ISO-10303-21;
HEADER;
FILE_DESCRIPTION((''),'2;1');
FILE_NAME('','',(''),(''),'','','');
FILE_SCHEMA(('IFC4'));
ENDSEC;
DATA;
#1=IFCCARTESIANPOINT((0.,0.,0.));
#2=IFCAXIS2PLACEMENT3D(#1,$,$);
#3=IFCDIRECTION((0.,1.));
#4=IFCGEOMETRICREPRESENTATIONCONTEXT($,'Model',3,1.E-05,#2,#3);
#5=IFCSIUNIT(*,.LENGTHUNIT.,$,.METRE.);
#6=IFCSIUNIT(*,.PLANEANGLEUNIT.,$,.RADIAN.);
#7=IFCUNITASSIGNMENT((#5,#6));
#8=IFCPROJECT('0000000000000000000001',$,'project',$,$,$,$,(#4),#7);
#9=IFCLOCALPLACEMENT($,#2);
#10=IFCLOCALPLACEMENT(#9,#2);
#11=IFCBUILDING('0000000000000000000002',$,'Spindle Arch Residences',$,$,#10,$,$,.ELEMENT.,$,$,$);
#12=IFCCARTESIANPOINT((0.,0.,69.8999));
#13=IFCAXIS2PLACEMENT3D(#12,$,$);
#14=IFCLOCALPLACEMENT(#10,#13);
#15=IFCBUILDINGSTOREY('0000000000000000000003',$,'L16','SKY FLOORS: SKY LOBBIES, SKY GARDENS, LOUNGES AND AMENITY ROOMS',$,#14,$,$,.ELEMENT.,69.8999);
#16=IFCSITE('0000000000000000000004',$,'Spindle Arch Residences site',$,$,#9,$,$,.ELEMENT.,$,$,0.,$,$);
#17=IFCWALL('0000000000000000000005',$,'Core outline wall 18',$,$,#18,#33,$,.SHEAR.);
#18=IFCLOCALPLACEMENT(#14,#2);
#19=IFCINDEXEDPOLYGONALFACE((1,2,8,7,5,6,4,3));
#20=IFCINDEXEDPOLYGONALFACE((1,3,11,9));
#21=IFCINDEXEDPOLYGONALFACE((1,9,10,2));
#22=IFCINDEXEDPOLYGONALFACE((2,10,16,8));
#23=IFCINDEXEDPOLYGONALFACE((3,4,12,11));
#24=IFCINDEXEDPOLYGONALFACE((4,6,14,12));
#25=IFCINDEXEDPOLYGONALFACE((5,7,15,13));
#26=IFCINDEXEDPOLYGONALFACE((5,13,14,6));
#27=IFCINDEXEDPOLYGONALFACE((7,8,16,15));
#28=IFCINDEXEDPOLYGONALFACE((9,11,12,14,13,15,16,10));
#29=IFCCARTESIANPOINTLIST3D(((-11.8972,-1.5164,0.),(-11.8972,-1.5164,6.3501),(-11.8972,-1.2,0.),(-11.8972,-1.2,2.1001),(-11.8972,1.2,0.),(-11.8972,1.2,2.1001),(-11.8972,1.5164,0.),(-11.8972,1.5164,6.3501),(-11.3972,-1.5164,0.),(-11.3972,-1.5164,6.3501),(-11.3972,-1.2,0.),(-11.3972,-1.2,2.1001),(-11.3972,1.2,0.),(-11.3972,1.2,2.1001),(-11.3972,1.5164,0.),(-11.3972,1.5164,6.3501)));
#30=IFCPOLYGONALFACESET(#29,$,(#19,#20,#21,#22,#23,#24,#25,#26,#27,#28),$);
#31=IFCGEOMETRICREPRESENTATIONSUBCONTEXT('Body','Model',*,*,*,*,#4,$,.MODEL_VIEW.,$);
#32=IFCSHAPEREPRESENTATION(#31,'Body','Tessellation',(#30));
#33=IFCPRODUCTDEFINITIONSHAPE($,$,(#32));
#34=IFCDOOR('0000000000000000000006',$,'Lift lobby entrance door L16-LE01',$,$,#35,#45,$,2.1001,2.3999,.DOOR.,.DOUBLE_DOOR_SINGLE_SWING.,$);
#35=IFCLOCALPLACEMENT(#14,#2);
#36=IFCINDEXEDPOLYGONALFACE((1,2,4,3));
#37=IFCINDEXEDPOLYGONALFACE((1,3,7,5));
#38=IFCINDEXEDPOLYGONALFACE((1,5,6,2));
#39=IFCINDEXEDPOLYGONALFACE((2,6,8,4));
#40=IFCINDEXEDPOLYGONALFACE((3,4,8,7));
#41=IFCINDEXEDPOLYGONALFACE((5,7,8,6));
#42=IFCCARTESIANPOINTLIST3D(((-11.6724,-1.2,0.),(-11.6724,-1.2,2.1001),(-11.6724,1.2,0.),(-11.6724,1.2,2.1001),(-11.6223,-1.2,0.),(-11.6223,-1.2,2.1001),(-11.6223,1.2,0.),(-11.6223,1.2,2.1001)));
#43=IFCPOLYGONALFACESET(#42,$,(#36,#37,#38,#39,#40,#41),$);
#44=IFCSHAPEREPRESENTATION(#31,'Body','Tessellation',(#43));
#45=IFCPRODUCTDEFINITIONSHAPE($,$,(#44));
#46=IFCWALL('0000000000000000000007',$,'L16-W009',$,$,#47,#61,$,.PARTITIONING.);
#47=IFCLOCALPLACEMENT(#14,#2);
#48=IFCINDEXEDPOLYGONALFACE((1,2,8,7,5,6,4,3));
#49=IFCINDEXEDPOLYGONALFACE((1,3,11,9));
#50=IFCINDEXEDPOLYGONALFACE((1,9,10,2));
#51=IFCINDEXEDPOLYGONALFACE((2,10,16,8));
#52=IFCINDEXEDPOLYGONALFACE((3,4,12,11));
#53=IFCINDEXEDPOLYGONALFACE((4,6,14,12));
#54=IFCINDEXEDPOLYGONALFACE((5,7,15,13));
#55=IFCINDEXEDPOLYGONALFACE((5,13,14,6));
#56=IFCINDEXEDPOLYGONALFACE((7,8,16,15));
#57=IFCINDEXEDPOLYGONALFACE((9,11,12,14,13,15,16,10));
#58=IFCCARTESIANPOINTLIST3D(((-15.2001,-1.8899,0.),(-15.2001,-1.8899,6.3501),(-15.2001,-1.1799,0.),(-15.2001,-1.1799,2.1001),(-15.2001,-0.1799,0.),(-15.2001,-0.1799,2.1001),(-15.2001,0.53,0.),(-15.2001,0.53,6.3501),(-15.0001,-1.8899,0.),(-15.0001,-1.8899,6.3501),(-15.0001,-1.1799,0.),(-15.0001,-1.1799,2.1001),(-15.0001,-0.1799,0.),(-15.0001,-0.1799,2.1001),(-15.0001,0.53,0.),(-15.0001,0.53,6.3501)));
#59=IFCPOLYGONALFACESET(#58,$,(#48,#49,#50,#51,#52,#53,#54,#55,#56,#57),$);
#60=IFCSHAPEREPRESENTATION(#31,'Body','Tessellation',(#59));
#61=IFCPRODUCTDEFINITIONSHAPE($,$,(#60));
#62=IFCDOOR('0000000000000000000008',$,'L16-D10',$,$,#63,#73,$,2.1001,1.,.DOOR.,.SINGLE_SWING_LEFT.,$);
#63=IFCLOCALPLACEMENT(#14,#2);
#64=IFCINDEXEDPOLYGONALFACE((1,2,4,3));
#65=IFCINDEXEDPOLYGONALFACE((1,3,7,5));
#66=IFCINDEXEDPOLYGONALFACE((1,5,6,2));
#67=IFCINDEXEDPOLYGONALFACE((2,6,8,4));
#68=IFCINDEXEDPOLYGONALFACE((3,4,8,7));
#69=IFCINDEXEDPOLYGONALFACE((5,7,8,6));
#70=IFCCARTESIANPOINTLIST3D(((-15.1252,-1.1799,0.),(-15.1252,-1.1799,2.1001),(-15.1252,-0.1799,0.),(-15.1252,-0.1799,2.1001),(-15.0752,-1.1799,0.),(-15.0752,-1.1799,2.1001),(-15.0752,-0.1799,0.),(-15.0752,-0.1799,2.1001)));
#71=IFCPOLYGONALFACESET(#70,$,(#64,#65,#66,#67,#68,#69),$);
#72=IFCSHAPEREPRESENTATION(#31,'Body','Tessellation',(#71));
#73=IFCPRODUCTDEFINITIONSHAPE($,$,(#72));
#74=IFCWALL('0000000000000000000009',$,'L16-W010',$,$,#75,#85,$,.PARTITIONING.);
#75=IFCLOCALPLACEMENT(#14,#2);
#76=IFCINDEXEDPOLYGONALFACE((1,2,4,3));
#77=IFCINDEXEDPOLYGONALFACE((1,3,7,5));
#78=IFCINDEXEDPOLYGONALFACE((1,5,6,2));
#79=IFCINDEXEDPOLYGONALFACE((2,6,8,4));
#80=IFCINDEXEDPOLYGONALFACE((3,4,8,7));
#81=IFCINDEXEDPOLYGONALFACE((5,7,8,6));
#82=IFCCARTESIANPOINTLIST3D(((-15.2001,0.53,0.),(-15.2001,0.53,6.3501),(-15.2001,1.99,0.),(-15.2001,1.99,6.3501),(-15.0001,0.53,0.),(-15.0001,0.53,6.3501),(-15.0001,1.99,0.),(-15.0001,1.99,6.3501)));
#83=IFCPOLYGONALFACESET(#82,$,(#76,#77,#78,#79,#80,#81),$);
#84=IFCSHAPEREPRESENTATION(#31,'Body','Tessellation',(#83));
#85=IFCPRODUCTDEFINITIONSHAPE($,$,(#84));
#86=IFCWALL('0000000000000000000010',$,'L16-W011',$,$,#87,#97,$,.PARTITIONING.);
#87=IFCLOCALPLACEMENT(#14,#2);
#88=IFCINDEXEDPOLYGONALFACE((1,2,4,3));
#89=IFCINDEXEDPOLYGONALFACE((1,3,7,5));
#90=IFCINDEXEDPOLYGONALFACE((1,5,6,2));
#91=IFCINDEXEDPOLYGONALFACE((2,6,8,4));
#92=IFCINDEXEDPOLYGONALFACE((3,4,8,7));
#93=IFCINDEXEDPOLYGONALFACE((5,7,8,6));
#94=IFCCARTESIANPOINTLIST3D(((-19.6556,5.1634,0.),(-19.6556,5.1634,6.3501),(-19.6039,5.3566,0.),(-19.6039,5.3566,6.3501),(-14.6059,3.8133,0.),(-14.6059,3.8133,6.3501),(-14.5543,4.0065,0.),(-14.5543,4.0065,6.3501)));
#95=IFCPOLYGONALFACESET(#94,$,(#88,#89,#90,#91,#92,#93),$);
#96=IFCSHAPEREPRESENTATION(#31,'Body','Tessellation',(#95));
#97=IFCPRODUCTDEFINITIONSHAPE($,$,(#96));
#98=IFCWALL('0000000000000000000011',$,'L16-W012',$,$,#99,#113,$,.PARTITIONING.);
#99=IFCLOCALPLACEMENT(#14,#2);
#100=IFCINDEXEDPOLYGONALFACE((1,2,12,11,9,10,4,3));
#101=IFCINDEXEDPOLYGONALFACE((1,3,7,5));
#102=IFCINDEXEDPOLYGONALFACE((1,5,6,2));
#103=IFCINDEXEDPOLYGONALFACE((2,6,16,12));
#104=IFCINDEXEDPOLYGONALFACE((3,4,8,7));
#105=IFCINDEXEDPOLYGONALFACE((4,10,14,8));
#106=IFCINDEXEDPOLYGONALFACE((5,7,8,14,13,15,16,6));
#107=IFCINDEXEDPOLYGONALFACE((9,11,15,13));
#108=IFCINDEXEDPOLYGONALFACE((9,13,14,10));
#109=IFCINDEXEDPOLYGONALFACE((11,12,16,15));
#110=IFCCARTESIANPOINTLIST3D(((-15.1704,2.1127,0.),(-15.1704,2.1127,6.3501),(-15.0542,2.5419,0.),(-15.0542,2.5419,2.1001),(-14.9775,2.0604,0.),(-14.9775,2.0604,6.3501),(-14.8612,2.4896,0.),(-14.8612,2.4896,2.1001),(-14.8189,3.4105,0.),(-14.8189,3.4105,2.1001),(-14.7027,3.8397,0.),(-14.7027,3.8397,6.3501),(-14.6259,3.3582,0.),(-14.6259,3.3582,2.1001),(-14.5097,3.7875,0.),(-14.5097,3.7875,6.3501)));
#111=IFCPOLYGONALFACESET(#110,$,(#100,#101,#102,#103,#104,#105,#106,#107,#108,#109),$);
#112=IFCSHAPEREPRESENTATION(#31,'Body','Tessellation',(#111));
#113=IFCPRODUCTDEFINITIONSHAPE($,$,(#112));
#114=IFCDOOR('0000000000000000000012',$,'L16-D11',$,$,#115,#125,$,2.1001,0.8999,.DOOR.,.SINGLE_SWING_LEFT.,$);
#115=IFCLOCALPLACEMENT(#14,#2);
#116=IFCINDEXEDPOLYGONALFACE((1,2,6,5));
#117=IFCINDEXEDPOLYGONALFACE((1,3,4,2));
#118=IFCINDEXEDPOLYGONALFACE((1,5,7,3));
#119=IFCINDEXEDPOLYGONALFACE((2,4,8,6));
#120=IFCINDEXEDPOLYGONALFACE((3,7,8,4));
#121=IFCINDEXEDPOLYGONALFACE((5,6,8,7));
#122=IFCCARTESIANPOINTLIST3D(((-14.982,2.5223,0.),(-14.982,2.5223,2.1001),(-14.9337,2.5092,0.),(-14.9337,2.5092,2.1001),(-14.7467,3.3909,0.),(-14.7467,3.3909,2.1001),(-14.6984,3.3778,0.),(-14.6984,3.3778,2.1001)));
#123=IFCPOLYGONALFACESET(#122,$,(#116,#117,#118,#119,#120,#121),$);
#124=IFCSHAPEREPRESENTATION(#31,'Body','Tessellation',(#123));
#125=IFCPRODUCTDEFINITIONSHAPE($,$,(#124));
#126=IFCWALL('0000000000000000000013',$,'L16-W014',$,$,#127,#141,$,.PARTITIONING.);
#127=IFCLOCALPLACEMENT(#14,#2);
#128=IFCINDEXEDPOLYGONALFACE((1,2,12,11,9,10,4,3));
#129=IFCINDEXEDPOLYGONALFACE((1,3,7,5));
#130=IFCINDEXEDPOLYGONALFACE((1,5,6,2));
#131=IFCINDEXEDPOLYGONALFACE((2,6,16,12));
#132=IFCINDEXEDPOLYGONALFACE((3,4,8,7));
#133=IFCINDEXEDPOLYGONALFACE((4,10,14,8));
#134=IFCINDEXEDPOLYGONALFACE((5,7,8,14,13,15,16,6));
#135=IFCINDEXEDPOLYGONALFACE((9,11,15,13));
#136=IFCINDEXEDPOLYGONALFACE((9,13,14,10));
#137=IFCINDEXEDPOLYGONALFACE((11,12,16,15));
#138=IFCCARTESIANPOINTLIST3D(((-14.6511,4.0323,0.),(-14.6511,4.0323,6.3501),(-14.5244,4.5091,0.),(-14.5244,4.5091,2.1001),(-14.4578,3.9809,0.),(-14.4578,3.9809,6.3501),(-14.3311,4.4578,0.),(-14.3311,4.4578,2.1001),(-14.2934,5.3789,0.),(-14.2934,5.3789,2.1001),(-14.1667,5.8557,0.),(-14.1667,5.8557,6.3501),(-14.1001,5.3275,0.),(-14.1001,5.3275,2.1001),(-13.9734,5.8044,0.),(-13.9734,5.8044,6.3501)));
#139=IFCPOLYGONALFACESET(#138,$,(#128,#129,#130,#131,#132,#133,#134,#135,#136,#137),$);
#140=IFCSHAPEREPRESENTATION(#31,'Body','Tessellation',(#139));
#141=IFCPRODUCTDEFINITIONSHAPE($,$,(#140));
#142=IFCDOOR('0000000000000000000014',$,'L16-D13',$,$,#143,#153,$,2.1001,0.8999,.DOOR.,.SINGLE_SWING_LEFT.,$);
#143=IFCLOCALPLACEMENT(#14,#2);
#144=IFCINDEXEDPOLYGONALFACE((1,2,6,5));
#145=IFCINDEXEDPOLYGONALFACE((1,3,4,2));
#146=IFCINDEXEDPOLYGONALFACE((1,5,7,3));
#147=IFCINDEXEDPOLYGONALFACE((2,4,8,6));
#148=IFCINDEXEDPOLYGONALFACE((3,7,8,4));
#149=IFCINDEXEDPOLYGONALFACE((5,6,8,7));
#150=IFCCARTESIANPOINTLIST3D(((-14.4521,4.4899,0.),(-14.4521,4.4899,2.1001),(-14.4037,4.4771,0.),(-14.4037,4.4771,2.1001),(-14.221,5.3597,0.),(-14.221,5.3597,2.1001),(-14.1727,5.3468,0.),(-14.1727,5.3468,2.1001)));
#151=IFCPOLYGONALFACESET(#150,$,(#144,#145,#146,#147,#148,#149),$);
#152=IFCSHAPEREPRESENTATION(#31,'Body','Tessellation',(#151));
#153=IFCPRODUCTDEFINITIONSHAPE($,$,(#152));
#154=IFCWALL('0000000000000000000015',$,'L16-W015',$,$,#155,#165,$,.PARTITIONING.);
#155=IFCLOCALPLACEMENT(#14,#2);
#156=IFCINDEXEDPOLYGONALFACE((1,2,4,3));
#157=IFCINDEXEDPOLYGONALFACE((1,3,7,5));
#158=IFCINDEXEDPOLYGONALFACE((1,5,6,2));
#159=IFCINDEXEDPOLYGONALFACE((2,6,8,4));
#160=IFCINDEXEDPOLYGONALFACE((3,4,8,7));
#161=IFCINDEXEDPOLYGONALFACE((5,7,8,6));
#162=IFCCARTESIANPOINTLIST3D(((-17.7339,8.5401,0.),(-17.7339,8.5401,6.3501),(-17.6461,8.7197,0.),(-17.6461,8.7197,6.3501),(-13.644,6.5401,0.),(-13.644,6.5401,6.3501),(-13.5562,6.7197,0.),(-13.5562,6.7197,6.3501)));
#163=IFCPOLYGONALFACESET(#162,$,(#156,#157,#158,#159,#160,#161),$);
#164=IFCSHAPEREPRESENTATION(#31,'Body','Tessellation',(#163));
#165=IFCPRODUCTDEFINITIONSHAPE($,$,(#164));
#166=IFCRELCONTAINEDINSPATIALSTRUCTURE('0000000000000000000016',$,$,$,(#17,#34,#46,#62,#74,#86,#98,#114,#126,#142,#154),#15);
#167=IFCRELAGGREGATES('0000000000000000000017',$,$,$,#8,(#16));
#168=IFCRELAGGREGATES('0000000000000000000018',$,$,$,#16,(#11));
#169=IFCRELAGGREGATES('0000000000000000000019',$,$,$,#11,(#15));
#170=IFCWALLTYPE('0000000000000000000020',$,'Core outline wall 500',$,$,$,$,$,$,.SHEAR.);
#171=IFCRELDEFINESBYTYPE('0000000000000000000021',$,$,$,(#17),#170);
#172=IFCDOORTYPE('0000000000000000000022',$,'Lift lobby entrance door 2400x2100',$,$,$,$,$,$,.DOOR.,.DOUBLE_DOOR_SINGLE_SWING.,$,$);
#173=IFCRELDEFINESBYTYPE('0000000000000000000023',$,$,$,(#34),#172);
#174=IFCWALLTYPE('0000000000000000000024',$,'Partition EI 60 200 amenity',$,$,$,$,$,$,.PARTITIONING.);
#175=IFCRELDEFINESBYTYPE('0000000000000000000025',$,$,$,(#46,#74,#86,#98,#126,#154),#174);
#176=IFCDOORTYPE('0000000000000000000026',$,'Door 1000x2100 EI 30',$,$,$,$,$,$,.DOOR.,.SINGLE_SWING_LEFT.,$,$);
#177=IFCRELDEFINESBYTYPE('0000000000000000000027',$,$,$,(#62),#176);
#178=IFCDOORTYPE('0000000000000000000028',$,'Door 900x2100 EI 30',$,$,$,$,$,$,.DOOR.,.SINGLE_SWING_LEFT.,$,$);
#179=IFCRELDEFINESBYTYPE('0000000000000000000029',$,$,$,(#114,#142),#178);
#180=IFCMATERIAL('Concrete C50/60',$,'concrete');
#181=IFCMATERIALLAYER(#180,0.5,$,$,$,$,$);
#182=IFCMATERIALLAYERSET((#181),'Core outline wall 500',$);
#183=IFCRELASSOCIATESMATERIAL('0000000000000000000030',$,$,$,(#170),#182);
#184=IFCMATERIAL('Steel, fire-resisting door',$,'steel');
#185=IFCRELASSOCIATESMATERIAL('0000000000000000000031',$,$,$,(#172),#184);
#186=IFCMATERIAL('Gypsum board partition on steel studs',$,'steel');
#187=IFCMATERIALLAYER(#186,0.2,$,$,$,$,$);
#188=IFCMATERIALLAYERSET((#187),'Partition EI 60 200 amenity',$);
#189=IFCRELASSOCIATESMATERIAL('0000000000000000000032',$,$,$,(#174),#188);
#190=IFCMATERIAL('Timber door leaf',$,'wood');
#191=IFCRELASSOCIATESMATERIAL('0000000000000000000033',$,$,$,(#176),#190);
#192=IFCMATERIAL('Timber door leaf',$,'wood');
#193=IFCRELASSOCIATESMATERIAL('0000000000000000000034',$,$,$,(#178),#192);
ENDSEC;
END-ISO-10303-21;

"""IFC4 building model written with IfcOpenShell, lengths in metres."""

from ifc_helpers import new_model, si_unit, direction, frame, frame_2d, origin, place, context, subcontext, project, spatial, rectangle, extrude, material, layer, layer_set, type_object, element, fill, save


model = new_model("IFC4")

# Units and contexts
model_context = context("Model", 3, precision=1e-05, world=origin(), true_north=direction((0.0, 1.0)))
body_context = subcontext(model_context, "Body", "Model", "MODEL_VIEW")
ifc_project = project(units=[si_unit("LENGTHUNIT", "METRE"), si_unit("PLANEANGLEUNIT", "RADIAN")], contexts=[model_context])

# Site, building, storey
site_placement = place(None, origin())
site = spatial("IfcSite", under=ifc_project, at=site_placement, Name="Spindle Arch Residences site", CompositionType="ELEMENT", RefElevation=0.0)
building_placement = place(site_placement, origin())
building = spatial("IfcBuilding", under=site, at=building_placement, Name="Spindle Arch Residences", CompositionType="ELEMENT")
storey_placement = place(building_placement, frame((0.0, 0.0, 69.8999)))
storey = spatial("IfcBuildingStorey", under=building, at=storey_placement, Name="L16", Description="SKY FLOORS: SKY LOBBIES, SKY GARDENS, LOUNGES AND AMENITY ROOMS", CompositionType="ELEMENT", Elevation=69.8999)

# Walls, openings, doors
ifc_material_1 = material(Name="Concrete C50/60", Category="concrete")
ifc_layer_1 = layer(ifc_material_1, 0.5)
ifc_layer_set_1 = layer_set([ifc_layer_1], Name="Core outline wall 500")
wall_type_1 = type_object("IfcWallType", Name="Core outline wall 500", PredefinedType="SHEAR", material=ifc_layer_set_1)
wall_1_placement = place(storey_placement, frame((-11.6472, 1.5164, 0.0), z_axis=(0.0, 0.0, 1.0), x_axis=(0.0, -1.0, 0.0)))
wall_1 = element("IfcWall", 1, at=wall_1_placement, inside=storey, type_object=wall_type_1, Name="Core outline wall 18", PredefinedType="SHEAR", context=body_context, shape_type="SweptSolid", body=[
    extrude(rectangle(XDim=3.0327, YDim=0.5, at=frame_2d((1.5164, 0.0))), origin(), (0.0, 0.0, 1.0), 6.3501),
])
opening_1_placement = place(wall_1_placement, frame((0.3164, 0.0, 0.0)))
opening_1 = element("IfcOpeningElement", 2, at=opening_1_placement, cuts=wall_1, PredefinedType="OPENING", context=body_context, shape_type="SweptSolid", body=[
    extrude(rectangle(XDim=2.3999, YDim=2.1001, at=frame_2d((1.2, 1.05))), frame((0.0, 0.26, 0.0), z_axis=(0.0, -1.0, 0.0), x_axis=(1.0, 0.0, 0.0)), (0.0, 0.0, 1.0), 0.52),
])
ifc_material_2 = material(Name="Steel, fire-resisting door", Category="steel")
door_type_1 = type_object("IfcDoorType", Name="Lift lobby entrance door 2400x2100", OperationType="DOUBLE_DOOR_SINGLE_SWING", PredefinedType="DOOR", material=ifc_material_2)
door_1_placement = place(opening_1_placement, origin())
door_1 = element("IfcDoor", 3, at=door_1_placement, inside=storey, type_object=door_type_1, Name="Lift lobby entrance door L16-LE01", OperationType="DOUBLE_DOOR_SINGLE_SWING", OverallHeight=2.1001, OverallWidth=2.3999, PredefinedType="DOOR", context=body_context, shape_type="SweptSolid", body=[
    extrude(rectangle(XDim=2.3999, YDim=2.1001, at=frame_2d((1.2, 1.05))), frame((0.0, 0.0249, 0.0), z_axis=(0.0, -1.0, 0.0), x_axis=(1.0, 0.0, 0.0)), (0.0, 0.0, 1.0), 0.05),
])
fill(opening_1, door_1)
ifc_material_3 = material(Name="Gypsum board partition on steel studs", Category="steel")
ifc_layer_2 = layer(ifc_material_3, 0.2)
ifc_layer_set_2 = layer_set([ifc_layer_2], Name="Partition EI 60 200 amenity")
wall_type_2 = type_object("IfcWallType", Name="Partition EI 60 200 amenity", PredefinedType="PARTITIONING", material=ifc_layer_set_2)
wall_2_placement = place(storey_placement, frame((-15.1001, 0.53, 0.0), z_axis=(0.0, 0.0, 1.0), x_axis=(0.0, -1.0, 0.0)))
wall_2 = element("IfcWall", 4, at=wall_2_placement, inside=storey, type_object=wall_type_2, Name="L16-W009", PredefinedType="PARTITIONING", context=body_context, shape_type="SweptSolid", body=[
    extrude(rectangle(XDim=2.4199, YDim=0.2, at=frame_2d((1.21, 0.0))), origin(), (0.0, 0.0, 1.0), 6.3501),
])
opening_2_placement = place(wall_2_placement, frame((0.71, 0.0, 0.0)))
opening_2 = element("IfcOpeningElement", 5, at=opening_2_placement, cuts=wall_2, PredefinedType="OPENING", context=body_context, shape_type="SweptSolid", body=[
    extrude(rectangle(XDim=1.0, YDim=2.1001, at=frame_2d((0.5, 1.05))), frame((0.0, 0.1099, 0.0), z_axis=(0.0, -1.0, 0.0), x_axis=(1.0, 0.0, 0.0)), (0.0, 0.0, 1.0), 0.22),
])
ifc_material_4 = material(Name="Timber door leaf", Category="wood")
door_type_2 = type_object("IfcDoorType", Name="Door 1000x2100 EI 30", OperationType="SINGLE_SWING_LEFT", PredefinedType="DOOR", material=ifc_material_4)
door_2_placement = place(opening_2_placement, origin())
door_2 = element("IfcDoor", 6, at=door_2_placement, inside=storey, type_object=door_type_2, Name="L16-D10", OperationType="SINGLE_SWING_LEFT", OverallHeight=2.1001, OverallWidth=1.0, PredefinedType="DOOR", context=body_context, shape_type="SweptSolid", body=[
    extrude(rectangle(XDim=1.0, YDim=2.1001, at=frame_2d((0.5, 1.05))), frame((0.0, 0.0249, 0.0), z_axis=(0.0, -1.0, 0.0), x_axis=(1.0, 0.0, 0.0)), (0.0, 0.0, 1.0), 0.05),
])
fill(opening_2, door_2)

# Walls
wall_3_placement = place(storey_placement, frame((-15.1001, 1.99, 0.0), z_axis=(0.0, 0.0, 1.0), x_axis=(0.0, -1.0, 0.0)))
element("IfcWall", 7, at=wall_3_placement, inside=storey, type_object=wall_type_2, Name="L16-W010", PredefinedType="PARTITIONING", context=body_context, shape_type="SweptSolid", body=[
    extrude(rectangle(XDim=1.46, YDim=0.2, at=frame_2d((0.73, 0.0))), origin(), (0.0, 0.0, 1.0), 6.3501),
])
wall_4_placement = place(storey_placement, frame((-14.5801, 3.9099, 0.0), z_axis=(0.0, 0.0, 1.0), x_axis=(-0.966069, 0.258285, 0.0)))
element("IfcWall", 8, at=wall_4_placement, inside=storey, type_object=wall_type_2, Name="L16-W011", PredefinedType="PARTITIONING", context=body_context, shape_type="SweptSolid", body=[
    extrude(rectangle(XDim=5.2271, YDim=0.2, at=frame_2d((2.6135, 0.0))), origin(), (0.0, 0.0, 1.0), 6.3501),
])

# Walls, openings, doors
wall_5_placement = place(storey_placement, frame((-14.6062, 3.8135, 0.0), z_axis=(0.0, 0.0, 1.0), x_axis=(-0.261431, -0.965222, 0.0)))
wall_5 = element("IfcWall", 9, at=wall_5_placement, inside=storey, type_object=wall_type_2, Name="L16-W012", PredefinedType="PARTITIONING", context=body_context, shape_type="SweptSolid", body=[
    extrude(rectangle(XDim=1.7893, YDim=0.2, at=frame_2d((0.8945, 0.0))), origin(), (0.0, 0.0, 1.0), 6.3501),
])
opening_3_placement = place(wall_5_placement, frame((0.4446, 0.0, 0.0)))
opening_3 = element("IfcOpeningElement", 10, at=opening_3_placement, cuts=wall_5, PredefinedType="OPENING", context=body_context, shape_type="SweptSolid", body=[
    extrude(rectangle(XDim=0.8999, YDim=2.1001, at=frame_2d((0.45, 1.05))), frame((0.0, 0.1099, 0.0), z_axis=(0.0, -1.0, 0.0), x_axis=(1.0, 0.0, 0.0)), (0.0, 0.0, 1.0), 0.22),
])
ifc_material_5 = material(Name="Timber door leaf", Category="wood")
door_type_3 = type_object("IfcDoorType", Name="Door 900x2100 EI 30", OperationType="SINGLE_SWING_LEFT", PredefinedType="DOOR", material=ifc_material_5)
door_3_placement = place(opening_3_placement, origin())
door_3 = element("IfcDoor", 11, at=door_3_placement, inside=storey, type_object=door_type_3, Name="L16-D11", OperationType="SINGLE_SWING_LEFT", OverallHeight=2.1001, OverallWidth=0.8999, PredefinedType="DOOR", context=body_context, shape_type="SweptSolid", body=[
    extrude(rectangle(XDim=0.8999, YDim=2.1001, at=frame_2d((0.45, 1.05))), frame((0.0, 0.0249, 0.0), z_axis=(0.0, -1.0, 0.0), x_axis=(1.0, 0.0, 0.0)), (0.0, 0.0, 1.0), 0.05),
])
fill(opening_3, door_3)
wall_6_placement = place(storey_placement, frame((-14.0701, 5.8301, 0.0), z_axis=(0.0, 0.0, 1.0), x_axis=(-0.256728, -0.966484, 0.0)))
wall_6 = element("IfcWall", 12, at=wall_6_placement, inside=storey, type_object=wall_type_2, Name="L16-W014", PredefinedType="PARTITIONING", context=body_context, shape_type="SweptSolid", body=[
    extrude(rectangle(XDim=1.8867, YDim=0.2, at=frame_2d((0.9434, 0.0))), origin(), (0.0, 0.0, 1.0), 6.3501),
])
opening_4_placement = place(wall_6_placement, frame((0.4934, 0.0, 0.0)))
opening_4 = element("IfcOpeningElement", 13, at=opening_4_placement, cuts=wall_6, PredefinedType="OPENING", context=body_context, shape_type="SweptSolid", body=[
    extrude(rectangle(XDim=0.8999, YDim=2.1001, at=frame_2d((0.45, 1.05))), frame((0.0, 0.1099, 0.0), z_axis=(0.0, -1.0, 0.0), x_axis=(1.0, 0.0, 0.0)), (0.0, 0.0, 1.0), 0.22),
])
door_4_placement = place(opening_4_placement, origin())
door_4 = element("IfcDoor", 14, at=door_4_placement, inside=storey, type_object=door_type_3, Name="L16-D13", OperationType="SINGLE_SWING_LEFT", OverallHeight=2.1001, OverallWidth=0.8999, PredefinedType="DOOR", context=body_context, shape_type="SweptSolid", body=[
    extrude(rectangle(XDim=0.8999, YDim=2.1001, at=frame_2d((0.45, 1.05))), frame((0.0, 0.0249, 0.0), z_axis=(0.0, -1.0, 0.0), x_axis=(1.0, 0.0, 0.0)), (0.0, 0.0, 1.0), 0.05),
])
fill(opening_4, door_4)

# Wall
wall_7_placement = place(storey_placement, frame((-13.6001, 6.6299, 0.0), z_axis=(0.0, 0.0, 1.0), x_axis=(-0.898339, 0.439302, 0.0)))
element("IfcWall", 15, at=wall_7_placement, inside=storey, type_object=wall_type_2, Name="L16-W015", PredefinedType="PARTITIONING", context=body_context, shape_type="SweptSolid", body=[
    extrude(rectangle(XDim=4.5527, YDim=0.2, at=frame_2d((2.2764, 0.0))), origin(), (0.0, 0.0, 1.0), 6.3501),
])

save(model, "model.ifc")
